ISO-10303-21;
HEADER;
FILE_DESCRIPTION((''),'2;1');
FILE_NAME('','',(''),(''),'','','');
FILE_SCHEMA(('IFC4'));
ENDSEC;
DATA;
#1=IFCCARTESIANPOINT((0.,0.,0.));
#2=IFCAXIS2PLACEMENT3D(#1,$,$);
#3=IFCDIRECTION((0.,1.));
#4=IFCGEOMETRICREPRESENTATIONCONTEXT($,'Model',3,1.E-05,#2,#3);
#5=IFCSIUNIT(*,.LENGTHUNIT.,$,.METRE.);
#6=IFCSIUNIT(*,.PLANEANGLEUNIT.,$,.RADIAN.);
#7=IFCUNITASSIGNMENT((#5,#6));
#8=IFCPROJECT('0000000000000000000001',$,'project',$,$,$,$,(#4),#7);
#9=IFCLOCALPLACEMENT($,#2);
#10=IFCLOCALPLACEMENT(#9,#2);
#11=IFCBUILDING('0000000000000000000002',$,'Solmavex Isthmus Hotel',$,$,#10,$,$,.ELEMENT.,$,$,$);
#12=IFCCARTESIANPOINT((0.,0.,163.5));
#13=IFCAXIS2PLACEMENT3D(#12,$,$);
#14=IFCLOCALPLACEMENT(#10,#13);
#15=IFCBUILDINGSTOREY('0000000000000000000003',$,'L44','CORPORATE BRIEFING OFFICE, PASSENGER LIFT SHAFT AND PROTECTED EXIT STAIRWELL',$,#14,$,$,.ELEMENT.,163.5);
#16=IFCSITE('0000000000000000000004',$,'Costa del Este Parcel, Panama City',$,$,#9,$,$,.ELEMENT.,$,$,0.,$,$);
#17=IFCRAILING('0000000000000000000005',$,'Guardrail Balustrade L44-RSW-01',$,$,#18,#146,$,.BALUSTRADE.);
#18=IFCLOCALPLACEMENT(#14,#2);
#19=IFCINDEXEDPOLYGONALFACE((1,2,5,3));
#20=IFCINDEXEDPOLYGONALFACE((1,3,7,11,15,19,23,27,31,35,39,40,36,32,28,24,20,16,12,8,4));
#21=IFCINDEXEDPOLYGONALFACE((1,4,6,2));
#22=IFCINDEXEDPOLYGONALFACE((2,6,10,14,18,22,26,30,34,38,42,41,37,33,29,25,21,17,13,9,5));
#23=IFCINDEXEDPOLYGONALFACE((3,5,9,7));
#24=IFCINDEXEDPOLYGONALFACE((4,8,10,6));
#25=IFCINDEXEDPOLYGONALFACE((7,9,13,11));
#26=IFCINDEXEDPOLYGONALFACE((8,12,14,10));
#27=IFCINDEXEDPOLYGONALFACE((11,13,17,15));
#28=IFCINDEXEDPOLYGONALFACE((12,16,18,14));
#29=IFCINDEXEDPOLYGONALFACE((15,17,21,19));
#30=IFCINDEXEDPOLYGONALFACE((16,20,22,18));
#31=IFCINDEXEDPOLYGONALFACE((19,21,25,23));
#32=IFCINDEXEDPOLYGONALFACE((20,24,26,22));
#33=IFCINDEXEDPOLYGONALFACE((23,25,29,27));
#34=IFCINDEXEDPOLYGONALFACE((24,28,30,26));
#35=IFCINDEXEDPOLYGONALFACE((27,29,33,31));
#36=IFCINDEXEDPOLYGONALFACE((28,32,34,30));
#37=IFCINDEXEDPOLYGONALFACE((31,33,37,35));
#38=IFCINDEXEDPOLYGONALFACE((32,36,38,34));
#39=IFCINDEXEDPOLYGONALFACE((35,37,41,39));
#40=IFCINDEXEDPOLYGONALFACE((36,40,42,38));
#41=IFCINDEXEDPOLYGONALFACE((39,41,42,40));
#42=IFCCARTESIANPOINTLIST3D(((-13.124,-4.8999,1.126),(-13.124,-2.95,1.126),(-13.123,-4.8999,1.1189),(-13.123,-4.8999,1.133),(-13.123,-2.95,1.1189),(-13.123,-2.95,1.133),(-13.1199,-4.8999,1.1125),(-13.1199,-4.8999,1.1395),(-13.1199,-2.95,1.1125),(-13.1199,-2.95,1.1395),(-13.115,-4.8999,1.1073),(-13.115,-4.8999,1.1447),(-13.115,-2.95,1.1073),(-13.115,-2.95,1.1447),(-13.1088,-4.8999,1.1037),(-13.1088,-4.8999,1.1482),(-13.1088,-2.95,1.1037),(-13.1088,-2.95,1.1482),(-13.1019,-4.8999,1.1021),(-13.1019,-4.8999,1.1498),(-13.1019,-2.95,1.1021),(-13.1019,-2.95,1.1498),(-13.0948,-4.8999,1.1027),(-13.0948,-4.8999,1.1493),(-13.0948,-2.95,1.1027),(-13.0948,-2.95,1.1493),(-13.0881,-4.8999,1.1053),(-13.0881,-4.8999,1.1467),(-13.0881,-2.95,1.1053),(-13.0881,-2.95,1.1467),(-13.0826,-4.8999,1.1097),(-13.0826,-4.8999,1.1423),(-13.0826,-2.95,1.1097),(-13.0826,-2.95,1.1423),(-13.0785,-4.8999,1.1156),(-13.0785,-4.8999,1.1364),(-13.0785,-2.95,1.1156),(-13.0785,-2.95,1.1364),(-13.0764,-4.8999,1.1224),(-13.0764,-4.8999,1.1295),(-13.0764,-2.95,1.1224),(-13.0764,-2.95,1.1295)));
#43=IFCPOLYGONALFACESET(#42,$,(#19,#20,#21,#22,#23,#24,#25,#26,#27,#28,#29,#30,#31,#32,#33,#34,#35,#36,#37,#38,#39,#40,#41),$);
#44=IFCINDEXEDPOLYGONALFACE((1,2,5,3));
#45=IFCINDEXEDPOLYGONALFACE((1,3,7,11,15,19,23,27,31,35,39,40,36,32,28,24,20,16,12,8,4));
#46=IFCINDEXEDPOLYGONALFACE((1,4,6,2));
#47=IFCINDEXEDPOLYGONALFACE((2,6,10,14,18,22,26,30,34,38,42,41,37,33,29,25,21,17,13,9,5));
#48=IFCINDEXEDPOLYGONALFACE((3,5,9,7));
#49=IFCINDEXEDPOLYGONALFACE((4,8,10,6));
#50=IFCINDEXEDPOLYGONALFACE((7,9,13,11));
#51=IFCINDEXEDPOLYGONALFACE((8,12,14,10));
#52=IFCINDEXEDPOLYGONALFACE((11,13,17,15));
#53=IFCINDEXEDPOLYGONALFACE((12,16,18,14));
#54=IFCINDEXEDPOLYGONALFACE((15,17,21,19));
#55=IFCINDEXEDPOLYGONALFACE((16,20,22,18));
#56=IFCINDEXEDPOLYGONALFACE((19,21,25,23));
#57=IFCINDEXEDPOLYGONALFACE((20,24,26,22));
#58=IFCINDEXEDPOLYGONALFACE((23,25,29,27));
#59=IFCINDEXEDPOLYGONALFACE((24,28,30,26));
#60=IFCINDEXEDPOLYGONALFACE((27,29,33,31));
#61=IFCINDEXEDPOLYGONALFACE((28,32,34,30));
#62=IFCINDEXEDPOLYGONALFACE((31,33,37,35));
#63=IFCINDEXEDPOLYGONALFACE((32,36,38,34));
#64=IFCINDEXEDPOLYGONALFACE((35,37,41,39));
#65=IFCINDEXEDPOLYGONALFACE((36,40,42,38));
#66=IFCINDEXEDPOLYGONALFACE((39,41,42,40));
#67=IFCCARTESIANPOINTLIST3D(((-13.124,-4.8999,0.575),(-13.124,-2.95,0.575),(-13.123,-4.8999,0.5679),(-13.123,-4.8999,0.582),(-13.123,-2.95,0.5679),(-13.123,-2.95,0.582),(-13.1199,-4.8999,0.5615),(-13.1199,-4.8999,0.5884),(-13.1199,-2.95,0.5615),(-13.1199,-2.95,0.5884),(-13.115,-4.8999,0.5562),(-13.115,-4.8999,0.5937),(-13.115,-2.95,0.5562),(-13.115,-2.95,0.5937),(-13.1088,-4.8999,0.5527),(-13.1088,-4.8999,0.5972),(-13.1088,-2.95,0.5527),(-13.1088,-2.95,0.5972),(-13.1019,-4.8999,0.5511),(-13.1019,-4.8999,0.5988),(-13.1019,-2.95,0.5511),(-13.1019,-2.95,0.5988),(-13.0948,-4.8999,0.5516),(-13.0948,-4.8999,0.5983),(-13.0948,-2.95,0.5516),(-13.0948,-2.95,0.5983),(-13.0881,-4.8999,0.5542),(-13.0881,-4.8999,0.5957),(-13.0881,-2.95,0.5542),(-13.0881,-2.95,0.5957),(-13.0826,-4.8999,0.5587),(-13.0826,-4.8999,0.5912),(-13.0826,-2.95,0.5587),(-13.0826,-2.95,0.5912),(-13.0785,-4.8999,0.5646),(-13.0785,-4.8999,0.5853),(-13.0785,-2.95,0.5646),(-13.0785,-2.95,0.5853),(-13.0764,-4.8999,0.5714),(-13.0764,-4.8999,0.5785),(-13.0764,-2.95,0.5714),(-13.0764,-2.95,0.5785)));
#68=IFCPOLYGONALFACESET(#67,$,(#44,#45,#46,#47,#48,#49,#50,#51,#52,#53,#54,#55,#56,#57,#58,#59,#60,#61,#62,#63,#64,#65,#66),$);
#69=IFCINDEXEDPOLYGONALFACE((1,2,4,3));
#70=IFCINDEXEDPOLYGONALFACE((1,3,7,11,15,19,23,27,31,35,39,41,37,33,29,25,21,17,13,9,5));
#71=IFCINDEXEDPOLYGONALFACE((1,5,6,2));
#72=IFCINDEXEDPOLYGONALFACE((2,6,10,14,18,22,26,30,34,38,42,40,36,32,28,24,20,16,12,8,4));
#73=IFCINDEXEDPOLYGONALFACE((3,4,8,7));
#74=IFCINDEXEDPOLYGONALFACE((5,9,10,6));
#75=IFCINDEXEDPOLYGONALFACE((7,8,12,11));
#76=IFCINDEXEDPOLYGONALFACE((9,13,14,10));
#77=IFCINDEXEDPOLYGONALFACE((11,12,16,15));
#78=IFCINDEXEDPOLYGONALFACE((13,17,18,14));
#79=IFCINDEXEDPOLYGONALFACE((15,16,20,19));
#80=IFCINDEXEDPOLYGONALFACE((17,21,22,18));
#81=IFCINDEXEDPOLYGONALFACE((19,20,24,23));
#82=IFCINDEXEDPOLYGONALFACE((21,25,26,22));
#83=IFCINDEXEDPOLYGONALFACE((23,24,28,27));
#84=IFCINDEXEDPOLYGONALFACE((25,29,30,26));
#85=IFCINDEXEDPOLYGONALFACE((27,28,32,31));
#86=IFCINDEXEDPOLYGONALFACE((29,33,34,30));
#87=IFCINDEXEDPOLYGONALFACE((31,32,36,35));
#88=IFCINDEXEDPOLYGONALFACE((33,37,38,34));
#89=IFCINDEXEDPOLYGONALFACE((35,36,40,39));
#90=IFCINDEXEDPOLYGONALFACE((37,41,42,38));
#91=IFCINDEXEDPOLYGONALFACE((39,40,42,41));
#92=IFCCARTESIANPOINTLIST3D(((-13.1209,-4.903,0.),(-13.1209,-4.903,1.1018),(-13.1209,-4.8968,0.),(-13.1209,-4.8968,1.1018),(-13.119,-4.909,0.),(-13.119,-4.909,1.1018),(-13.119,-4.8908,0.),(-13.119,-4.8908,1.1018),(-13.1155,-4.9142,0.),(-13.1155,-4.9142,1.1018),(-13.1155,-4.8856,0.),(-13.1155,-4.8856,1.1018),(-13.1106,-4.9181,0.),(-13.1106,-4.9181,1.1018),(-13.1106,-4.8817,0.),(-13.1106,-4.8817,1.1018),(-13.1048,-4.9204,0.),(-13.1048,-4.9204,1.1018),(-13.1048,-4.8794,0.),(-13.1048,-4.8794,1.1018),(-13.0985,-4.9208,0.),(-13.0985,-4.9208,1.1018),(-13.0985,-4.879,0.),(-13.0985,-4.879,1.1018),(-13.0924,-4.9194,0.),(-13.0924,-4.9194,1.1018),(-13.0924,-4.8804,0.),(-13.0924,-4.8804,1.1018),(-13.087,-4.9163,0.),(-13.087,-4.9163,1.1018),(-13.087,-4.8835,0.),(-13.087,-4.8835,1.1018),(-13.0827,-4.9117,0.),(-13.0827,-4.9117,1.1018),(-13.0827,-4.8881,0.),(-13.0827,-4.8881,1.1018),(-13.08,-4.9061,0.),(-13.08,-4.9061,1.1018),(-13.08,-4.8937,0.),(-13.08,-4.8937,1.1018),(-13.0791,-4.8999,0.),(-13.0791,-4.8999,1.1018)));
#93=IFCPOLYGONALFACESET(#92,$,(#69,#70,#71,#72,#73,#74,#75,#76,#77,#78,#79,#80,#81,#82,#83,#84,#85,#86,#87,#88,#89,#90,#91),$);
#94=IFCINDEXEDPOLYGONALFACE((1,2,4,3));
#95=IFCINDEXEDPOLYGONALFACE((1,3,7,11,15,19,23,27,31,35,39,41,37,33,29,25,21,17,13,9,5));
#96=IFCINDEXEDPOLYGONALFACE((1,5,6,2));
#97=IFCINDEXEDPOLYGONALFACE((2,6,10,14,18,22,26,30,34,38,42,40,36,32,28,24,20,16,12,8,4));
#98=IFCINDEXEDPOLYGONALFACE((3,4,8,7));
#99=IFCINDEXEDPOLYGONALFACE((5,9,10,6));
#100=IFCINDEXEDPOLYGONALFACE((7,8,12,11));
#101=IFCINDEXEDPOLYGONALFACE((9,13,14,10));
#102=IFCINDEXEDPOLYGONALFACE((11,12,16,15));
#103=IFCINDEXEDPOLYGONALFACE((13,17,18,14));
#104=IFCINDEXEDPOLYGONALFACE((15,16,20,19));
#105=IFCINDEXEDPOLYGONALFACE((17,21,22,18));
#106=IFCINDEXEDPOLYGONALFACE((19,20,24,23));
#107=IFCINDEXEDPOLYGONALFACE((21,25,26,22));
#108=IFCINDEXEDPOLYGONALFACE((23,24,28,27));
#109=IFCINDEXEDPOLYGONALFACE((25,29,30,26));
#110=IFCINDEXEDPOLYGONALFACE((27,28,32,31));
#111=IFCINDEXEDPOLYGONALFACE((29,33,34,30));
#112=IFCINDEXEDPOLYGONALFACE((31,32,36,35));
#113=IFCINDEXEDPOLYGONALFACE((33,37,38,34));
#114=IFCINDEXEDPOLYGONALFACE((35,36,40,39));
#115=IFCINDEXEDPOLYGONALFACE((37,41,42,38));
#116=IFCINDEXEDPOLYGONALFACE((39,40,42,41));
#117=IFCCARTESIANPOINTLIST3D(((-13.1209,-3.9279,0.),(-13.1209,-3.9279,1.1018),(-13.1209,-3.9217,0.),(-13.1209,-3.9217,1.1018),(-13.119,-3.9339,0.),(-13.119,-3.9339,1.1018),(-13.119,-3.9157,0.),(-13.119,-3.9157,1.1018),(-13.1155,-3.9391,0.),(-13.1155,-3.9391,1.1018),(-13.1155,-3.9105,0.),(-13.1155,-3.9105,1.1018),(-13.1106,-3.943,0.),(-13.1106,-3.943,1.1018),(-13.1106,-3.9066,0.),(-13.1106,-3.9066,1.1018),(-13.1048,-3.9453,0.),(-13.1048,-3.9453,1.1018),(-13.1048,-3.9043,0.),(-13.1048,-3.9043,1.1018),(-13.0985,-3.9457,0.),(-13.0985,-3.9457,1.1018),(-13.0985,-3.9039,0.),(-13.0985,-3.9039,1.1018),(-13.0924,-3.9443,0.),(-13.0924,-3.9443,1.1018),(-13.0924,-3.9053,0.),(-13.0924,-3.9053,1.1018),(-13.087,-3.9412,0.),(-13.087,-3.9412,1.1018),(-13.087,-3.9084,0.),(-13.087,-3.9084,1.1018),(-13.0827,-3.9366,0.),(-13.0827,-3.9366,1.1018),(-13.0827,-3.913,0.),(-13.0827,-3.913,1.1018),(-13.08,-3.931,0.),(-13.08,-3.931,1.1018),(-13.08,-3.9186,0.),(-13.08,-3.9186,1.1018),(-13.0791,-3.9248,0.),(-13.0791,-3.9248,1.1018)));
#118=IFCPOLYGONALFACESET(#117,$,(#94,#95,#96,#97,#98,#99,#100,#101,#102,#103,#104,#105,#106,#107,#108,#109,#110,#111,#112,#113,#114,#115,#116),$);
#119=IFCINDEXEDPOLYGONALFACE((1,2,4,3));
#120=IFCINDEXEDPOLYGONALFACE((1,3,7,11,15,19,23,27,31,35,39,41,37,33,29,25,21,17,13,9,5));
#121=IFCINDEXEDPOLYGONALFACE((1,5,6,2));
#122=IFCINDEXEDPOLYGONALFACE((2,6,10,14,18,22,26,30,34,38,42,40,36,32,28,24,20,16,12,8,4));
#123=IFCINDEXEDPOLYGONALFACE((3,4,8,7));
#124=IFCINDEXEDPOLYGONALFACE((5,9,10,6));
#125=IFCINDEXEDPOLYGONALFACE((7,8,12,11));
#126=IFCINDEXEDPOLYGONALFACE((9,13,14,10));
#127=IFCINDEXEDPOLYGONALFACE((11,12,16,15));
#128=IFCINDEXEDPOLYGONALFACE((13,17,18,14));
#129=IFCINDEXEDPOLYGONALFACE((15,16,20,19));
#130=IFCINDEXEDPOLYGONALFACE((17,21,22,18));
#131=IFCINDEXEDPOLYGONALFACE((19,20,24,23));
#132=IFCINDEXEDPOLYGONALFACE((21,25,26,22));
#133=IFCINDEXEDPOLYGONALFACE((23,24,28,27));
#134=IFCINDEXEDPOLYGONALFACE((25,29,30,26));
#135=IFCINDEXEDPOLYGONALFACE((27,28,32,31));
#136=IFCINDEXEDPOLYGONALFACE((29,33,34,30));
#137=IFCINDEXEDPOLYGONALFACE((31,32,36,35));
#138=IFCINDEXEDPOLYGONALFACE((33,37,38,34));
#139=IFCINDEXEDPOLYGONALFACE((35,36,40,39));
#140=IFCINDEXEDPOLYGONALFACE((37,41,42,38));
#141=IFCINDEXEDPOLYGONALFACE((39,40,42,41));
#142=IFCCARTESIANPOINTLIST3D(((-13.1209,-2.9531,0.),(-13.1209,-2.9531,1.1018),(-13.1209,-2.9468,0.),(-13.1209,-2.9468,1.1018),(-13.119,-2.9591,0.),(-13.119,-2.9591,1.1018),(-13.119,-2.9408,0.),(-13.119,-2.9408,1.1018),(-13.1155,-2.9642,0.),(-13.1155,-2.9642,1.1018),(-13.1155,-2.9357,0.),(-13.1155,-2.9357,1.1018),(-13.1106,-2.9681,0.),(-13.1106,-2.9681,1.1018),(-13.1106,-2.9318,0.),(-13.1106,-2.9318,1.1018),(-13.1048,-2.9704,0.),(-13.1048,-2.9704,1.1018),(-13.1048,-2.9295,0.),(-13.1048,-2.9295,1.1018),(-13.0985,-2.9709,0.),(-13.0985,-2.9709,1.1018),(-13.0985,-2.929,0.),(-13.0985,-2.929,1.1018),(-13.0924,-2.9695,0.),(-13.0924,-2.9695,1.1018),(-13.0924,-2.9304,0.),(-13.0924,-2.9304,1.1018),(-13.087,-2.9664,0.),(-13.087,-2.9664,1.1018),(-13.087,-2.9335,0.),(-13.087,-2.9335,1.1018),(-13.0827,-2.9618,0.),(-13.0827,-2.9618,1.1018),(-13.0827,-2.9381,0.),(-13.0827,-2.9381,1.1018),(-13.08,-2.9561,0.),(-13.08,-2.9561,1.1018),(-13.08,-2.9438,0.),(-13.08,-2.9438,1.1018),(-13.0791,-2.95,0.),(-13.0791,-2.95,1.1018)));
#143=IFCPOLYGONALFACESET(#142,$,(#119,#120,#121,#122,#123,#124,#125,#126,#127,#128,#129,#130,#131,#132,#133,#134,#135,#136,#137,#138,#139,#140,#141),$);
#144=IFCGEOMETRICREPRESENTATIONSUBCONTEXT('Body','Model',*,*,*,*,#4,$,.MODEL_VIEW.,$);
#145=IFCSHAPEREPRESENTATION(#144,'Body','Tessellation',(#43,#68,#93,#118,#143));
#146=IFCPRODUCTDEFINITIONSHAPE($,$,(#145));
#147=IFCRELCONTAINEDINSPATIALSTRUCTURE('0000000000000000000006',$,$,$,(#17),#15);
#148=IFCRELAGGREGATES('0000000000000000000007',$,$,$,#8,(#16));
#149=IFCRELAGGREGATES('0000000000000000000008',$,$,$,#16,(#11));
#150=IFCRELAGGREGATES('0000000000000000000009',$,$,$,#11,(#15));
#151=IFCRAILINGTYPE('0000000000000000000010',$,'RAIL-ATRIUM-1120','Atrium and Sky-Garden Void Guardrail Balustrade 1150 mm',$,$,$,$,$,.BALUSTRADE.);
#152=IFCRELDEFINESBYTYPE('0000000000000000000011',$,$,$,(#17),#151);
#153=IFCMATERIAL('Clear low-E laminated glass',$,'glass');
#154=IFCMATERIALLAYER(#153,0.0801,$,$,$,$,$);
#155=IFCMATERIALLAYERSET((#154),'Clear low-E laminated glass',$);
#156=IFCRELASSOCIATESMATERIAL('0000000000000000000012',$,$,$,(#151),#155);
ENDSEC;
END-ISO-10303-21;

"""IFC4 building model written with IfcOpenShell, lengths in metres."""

from ifc_helpers import new_model, si_unit, direction, frame, origin, origin_2d, place, context, subcontext, project, spatial, circle, extrude, material, layer, layer_set, type_object, element, save


model = new_model("IFC4")

# Units and contexts
model_context = context("Model", 3, precision=1e-05, world=origin(), true_north=direction((0.0, 1.0)))
body_context = subcontext(model_context, "Body", "Model", "MODEL_VIEW")
ifc_project = project(units=[si_unit("LENGTHUNIT", "METRE"), si_unit("PLANEANGLEUNIT", "RADIAN")], contexts=[model_context])

# Site, building, storey
site_placement = place(None, origin())
site = spatial("IfcSite", under=ifc_project, at=site_placement, Name="Costa del Este Parcel, Panama City", CompositionType="ELEMENT", RefElevation=0.0)
building_placement = place(site_placement, origin())
building = spatial("IfcBuilding", under=site, at=building_placement, Name="Solmavex Isthmus Hotel", CompositionType="ELEMENT")
storey_placement = place(building_placement, frame((0.0, 0.0, 163.5)))
storey = spatial("IfcBuildingStorey", under=building, at=storey_placement, Name="L44", Description="CORPORATE BRIEFING OFFICE, PASSENGER LIFT SHAFT AND PROTECTED EXIT STAIRWELL", CompositionType="ELEMENT", Elevation=163.5)

# Shared definitions
ifc_material_1 = material(Name="Clear low-E laminated glass", Category="glass")

# Railing
ifc_layer_1 = layer(ifc_material_1, 0.0801)
ifc_layer_set_1 = layer_set([ifc_layer_1], Name="Clear low-E laminated glass")
railing_type_1 = type_object("IfcRailingType", Name="RAIL-ATRIUM-1120", Description="Atrium and Sky-Garden Void Guardrail Balustrade 1150 mm", PredefinedType="BALUSTRADE", material=ifc_layer_set_1)
railing_1_placement = place(storey_placement, frame((-13.1001, -4.8999, 0.0)))
element("IfcRailing", 1, at=railing_1_placement, inside=storey, type_object=railing_type_1, Name="Guardrail Balustrade L44-RSW-01", PredefinedType="BALUSTRADE", context=body_context, shape_type="SweptSolid", body=[
    extrude(circle(Radius=0.0239, at=origin_2d()), frame((0.0, 0.0, 1.126), z_axis=(0.0, 1.0, 0.0), x_axis=(-1.0, 0.0, 0.0)), (0.0, 0.0, 1.0), 1.95),
    extrude(circle(Radius=0.0239, at=origin_2d()), frame((0.0, 0.0, 0.575), z_axis=(0.0, 1.0, 0.0), x_axis=(-1.0, 0.0, 0.0)), (0.0, 0.0, 1.0), 1.95),
    extrude(circle(Radius=0.021, at=origin_2d()), origin(), (0.0, 0.0, 1.0), 1.1018),
    extrude(circle(Radius=0.021, at=origin_2d()), frame((0.0, 0.9751, 0.0)), (0.0, 0.0, 1.0), 1.1018),
    extrude(circle(Radius=0.021, at=origin_2d()), frame((0.0, 1.95, 0.0)), (0.0, 0.0, 1.0), 1.1018),
])

save(model, "model.ifc")
